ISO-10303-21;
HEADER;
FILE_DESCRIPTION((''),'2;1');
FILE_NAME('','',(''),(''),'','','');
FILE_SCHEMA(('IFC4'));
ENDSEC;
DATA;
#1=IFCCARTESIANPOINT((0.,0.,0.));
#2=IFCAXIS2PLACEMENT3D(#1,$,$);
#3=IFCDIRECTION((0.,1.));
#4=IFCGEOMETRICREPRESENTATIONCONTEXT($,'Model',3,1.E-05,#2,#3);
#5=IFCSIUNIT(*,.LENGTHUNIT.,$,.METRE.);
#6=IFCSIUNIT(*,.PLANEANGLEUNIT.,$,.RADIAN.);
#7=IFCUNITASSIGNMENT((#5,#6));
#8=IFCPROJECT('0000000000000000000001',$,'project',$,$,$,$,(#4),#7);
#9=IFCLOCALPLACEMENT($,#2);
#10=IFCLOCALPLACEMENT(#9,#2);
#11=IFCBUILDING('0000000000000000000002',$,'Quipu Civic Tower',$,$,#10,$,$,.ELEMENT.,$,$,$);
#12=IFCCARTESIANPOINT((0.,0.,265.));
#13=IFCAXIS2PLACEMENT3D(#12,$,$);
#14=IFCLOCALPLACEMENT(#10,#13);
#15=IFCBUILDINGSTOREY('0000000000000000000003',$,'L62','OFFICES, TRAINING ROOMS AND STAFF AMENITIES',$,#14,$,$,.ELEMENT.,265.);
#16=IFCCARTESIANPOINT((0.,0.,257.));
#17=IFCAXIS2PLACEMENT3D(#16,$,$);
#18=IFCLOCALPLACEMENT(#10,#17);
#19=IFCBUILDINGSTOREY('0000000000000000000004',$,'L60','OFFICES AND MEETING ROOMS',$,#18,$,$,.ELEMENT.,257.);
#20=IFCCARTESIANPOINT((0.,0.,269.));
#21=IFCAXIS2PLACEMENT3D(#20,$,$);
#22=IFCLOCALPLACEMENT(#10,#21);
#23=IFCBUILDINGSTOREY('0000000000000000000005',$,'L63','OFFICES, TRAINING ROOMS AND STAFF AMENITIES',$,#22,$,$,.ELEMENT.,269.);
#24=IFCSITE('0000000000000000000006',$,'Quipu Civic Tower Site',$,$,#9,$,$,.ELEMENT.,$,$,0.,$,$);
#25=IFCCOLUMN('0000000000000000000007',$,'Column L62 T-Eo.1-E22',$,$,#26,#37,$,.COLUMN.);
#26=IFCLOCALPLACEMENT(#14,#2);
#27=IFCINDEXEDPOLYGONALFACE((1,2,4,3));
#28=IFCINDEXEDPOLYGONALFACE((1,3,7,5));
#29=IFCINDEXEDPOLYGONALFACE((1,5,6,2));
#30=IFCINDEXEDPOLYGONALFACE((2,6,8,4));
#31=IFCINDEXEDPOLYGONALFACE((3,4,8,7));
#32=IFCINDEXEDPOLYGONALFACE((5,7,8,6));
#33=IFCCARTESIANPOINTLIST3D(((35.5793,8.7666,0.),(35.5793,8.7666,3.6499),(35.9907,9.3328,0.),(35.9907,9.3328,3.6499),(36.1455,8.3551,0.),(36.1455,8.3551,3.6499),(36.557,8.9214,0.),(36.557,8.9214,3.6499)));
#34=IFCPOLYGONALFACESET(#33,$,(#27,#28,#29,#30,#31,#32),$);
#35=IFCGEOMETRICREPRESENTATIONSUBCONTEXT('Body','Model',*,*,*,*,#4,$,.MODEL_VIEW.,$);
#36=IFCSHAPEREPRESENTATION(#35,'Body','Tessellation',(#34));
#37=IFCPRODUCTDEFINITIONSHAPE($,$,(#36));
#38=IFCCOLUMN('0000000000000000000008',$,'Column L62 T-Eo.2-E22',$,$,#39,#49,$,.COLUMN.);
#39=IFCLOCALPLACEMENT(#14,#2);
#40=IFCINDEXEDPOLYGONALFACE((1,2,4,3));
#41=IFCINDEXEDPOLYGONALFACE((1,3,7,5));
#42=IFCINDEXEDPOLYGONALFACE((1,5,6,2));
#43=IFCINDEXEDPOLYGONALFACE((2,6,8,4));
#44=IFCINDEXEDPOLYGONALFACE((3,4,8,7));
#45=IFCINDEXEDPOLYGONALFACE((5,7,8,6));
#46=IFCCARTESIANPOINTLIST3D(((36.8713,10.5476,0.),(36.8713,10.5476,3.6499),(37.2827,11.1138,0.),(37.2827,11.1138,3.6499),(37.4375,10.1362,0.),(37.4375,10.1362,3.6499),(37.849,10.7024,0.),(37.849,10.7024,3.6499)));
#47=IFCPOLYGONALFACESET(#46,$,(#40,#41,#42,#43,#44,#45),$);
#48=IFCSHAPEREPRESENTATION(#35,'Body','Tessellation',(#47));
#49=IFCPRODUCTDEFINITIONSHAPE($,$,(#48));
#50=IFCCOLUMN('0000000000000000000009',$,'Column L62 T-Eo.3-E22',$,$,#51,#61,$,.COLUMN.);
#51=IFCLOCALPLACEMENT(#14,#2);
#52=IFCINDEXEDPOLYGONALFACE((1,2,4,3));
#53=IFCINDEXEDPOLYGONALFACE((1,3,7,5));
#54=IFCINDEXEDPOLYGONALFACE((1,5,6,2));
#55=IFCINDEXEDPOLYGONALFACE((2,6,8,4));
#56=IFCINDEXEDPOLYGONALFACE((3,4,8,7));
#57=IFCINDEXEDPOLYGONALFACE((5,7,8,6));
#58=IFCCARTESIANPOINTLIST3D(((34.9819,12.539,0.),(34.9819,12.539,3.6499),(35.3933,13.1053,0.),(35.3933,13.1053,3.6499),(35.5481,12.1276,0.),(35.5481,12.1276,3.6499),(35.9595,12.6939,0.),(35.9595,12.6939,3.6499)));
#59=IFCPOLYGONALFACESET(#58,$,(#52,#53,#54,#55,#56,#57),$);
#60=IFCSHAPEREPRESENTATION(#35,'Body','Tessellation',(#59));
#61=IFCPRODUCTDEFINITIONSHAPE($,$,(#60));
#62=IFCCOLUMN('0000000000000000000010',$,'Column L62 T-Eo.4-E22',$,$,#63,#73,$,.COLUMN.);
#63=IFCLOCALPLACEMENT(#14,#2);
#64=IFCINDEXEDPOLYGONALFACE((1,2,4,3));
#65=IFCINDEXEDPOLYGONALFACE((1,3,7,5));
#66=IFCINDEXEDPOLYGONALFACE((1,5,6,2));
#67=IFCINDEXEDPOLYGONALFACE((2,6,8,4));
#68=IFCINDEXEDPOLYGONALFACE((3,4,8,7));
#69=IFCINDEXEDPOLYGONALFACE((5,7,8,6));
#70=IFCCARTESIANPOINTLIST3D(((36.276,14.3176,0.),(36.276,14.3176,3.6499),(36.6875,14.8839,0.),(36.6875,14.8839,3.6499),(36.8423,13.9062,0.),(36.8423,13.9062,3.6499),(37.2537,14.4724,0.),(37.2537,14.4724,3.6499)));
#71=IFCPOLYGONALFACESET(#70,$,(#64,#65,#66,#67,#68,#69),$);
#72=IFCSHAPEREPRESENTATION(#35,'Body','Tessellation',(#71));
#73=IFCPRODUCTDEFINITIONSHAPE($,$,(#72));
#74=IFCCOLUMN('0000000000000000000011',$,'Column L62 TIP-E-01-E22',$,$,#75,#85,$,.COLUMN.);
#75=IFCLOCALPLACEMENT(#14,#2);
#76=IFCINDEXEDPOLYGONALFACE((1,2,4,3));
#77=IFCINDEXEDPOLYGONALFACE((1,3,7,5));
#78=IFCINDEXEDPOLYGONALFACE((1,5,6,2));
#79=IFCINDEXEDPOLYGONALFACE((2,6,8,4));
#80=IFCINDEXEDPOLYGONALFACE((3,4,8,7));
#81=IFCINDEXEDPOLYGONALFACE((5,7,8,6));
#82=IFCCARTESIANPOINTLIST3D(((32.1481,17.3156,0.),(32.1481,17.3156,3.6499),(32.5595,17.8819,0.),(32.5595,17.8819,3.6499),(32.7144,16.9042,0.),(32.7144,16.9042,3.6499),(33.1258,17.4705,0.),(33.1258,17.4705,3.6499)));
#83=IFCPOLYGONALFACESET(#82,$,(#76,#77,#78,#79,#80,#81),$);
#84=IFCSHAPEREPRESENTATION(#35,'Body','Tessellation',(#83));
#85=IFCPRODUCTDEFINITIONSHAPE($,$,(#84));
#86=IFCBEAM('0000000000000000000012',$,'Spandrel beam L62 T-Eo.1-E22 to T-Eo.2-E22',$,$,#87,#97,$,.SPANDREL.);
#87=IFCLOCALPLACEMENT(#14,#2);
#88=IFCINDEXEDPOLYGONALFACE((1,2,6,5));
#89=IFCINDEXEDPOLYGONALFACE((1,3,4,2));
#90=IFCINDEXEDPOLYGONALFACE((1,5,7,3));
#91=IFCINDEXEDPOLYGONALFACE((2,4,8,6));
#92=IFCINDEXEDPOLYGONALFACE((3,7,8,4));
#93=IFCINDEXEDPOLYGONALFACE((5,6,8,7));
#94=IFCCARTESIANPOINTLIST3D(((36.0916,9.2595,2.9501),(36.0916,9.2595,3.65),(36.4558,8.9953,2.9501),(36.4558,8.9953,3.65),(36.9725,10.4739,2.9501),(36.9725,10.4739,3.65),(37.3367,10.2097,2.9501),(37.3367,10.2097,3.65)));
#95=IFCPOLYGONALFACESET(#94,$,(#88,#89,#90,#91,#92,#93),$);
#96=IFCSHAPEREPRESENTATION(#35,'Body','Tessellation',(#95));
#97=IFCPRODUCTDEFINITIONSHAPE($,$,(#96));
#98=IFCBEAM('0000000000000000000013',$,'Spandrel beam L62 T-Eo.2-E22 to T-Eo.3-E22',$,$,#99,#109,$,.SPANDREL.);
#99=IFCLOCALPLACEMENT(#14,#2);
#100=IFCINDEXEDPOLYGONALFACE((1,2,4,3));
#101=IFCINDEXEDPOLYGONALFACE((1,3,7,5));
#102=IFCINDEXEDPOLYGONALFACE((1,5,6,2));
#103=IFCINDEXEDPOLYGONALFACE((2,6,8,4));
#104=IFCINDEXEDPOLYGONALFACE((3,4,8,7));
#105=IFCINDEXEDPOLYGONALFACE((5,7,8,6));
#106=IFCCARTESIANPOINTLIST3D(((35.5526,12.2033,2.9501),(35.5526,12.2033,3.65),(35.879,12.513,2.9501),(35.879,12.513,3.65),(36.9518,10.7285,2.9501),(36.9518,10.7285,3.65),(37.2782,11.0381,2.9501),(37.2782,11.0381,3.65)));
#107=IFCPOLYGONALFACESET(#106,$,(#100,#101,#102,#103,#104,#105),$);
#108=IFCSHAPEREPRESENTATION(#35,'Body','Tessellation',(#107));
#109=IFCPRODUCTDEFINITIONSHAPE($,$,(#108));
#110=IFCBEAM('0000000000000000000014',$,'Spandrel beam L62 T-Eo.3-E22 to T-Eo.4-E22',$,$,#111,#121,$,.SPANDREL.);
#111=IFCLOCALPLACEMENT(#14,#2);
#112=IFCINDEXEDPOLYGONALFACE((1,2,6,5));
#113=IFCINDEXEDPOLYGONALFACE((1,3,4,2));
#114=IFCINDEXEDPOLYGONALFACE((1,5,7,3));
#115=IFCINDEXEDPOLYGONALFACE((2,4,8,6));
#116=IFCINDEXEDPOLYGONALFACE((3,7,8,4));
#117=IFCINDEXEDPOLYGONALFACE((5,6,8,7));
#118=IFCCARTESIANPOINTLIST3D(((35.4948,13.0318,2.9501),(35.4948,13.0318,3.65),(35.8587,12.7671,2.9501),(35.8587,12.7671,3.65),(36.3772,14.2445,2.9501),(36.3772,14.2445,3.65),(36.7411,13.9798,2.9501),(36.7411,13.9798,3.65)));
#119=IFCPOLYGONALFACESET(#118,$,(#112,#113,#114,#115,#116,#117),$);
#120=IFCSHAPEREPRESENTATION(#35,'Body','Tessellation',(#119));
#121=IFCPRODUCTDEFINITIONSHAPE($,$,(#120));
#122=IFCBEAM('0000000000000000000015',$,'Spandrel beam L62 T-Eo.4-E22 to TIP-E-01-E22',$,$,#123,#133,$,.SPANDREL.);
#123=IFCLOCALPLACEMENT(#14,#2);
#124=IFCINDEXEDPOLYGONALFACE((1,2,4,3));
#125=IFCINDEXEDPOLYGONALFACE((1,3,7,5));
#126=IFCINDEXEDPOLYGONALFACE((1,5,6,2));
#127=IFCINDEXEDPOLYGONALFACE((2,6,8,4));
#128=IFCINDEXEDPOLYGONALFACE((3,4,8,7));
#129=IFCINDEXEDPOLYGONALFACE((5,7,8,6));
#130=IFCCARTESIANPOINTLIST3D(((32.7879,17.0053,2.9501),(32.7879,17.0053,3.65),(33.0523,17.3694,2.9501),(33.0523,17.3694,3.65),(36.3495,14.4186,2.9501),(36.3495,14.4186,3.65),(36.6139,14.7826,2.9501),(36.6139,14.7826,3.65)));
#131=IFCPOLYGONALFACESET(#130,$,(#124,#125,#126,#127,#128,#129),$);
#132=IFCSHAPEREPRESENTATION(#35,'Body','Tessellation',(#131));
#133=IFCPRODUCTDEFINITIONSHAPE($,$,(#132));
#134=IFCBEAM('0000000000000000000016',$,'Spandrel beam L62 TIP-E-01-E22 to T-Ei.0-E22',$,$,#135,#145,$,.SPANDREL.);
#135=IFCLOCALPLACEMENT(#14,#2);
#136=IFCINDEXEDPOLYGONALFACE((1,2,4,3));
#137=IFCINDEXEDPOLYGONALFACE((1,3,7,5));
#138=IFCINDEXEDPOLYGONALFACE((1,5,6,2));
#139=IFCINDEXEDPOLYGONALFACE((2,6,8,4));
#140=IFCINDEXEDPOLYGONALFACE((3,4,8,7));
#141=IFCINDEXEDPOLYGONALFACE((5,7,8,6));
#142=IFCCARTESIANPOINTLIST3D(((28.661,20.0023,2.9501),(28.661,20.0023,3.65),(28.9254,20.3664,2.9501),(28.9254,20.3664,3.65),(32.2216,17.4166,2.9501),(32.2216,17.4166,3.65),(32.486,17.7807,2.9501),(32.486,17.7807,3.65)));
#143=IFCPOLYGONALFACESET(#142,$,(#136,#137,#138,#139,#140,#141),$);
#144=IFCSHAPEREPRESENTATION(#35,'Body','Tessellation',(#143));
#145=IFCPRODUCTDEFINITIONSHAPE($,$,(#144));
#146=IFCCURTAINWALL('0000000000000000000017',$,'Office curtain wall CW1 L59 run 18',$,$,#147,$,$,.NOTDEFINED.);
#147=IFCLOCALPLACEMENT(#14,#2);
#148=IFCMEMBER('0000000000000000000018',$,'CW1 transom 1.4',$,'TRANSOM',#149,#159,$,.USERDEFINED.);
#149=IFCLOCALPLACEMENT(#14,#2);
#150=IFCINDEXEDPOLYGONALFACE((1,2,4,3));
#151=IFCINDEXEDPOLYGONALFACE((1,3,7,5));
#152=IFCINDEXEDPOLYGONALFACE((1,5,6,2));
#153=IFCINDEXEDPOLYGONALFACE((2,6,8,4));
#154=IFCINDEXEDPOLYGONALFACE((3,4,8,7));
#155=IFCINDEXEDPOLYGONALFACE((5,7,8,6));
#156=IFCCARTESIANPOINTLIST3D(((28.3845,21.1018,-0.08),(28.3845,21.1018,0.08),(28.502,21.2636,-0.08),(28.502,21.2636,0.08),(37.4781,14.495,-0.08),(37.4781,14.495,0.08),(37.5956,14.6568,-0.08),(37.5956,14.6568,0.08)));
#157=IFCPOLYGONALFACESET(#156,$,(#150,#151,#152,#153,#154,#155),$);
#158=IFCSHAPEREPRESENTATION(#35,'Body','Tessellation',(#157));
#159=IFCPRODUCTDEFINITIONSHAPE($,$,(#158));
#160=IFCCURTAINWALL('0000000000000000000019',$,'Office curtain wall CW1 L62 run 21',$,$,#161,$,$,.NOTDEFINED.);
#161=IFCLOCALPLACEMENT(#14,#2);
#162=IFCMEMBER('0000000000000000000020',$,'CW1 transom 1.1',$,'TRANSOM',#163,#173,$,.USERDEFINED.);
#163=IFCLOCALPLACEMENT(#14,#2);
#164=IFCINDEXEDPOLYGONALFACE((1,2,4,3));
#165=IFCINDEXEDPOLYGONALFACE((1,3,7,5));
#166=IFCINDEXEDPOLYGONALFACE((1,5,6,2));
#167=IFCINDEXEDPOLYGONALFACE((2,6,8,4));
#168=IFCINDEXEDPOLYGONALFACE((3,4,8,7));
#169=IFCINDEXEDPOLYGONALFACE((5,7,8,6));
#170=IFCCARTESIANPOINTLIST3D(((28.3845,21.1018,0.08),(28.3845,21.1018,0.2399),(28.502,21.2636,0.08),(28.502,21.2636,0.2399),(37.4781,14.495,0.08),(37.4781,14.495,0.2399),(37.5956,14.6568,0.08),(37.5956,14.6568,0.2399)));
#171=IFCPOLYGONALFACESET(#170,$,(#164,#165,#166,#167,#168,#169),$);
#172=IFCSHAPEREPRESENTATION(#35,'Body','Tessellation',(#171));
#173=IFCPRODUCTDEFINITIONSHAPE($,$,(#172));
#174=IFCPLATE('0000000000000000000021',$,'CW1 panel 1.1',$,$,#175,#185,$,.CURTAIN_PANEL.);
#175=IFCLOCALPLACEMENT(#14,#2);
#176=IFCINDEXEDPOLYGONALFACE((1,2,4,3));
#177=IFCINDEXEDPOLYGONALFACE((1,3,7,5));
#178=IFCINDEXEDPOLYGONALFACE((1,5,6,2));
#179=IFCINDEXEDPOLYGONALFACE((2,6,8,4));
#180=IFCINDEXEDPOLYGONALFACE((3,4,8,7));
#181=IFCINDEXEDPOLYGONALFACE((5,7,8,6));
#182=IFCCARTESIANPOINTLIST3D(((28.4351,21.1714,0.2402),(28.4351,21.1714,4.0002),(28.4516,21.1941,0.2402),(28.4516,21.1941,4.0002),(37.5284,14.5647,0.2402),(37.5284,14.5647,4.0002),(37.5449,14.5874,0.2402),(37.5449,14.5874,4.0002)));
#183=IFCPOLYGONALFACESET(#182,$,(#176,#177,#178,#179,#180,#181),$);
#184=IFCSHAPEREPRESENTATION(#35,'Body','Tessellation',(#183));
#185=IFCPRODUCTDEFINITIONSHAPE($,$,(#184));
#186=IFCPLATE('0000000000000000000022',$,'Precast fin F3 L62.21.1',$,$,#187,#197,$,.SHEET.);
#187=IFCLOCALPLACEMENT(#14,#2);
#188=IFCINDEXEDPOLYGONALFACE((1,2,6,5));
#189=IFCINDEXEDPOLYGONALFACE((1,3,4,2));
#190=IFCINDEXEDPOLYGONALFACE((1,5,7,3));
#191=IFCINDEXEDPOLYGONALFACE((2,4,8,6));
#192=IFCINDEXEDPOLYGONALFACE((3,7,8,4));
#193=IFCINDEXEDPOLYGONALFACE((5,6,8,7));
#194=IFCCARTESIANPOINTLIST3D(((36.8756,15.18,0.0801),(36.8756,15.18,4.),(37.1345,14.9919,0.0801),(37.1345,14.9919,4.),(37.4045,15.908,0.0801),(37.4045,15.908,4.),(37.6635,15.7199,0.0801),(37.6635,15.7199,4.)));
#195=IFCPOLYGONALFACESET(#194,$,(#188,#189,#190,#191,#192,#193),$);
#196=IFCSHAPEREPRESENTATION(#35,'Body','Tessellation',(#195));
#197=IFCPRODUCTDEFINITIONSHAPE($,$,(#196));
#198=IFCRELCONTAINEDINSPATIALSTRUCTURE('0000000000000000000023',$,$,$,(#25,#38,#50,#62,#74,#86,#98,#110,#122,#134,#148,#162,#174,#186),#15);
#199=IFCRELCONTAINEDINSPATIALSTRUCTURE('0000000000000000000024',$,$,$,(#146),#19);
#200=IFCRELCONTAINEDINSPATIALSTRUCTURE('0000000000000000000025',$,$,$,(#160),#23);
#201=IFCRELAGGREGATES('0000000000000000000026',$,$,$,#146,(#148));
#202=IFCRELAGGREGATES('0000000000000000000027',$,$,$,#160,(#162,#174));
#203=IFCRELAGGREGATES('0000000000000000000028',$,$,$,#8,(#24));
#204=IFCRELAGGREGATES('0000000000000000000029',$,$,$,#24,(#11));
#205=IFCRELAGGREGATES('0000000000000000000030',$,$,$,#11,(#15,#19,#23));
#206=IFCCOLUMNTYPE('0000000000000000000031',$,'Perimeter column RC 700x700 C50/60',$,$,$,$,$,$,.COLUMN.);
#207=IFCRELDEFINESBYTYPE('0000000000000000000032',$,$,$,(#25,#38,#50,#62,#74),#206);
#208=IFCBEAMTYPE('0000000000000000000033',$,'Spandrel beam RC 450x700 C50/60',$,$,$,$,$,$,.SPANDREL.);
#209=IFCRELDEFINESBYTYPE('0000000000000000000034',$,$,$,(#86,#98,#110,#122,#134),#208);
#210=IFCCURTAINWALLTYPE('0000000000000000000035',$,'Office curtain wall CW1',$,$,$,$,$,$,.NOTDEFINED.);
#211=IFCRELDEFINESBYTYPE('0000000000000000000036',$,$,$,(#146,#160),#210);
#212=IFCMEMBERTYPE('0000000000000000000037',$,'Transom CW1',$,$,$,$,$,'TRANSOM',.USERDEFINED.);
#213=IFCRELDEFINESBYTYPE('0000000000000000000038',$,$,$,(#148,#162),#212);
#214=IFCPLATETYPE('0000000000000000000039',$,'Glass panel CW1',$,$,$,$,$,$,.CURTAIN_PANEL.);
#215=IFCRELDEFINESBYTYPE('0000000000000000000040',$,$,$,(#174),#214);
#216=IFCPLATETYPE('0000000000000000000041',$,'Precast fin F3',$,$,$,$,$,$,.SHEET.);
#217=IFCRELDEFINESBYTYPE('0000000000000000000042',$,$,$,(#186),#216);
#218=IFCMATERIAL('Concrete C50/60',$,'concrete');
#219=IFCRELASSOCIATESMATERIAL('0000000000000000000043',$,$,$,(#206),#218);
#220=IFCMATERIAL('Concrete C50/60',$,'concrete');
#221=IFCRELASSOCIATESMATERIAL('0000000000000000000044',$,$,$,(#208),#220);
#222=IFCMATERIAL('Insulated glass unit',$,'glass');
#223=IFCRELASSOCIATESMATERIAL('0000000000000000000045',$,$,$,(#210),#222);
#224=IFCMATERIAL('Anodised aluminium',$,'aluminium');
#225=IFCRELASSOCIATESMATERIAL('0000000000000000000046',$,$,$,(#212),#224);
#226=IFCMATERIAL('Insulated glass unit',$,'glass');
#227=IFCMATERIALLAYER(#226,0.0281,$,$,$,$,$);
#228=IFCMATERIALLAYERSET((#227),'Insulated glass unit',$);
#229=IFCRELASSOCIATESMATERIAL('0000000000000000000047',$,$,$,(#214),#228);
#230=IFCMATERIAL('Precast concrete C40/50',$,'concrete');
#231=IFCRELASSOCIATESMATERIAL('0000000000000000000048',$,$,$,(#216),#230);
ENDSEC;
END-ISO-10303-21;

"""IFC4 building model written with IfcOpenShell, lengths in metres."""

from ifc_helpers import new_model, si_unit, direction, frame, origin, origin_2d, place, context, subcontext, project, spatial, rectangle, extrude, material, layer, layer_set, material_profile, profile_set, type_object, element, aggregate, save


model = new_model("IFC4")

# Units and contexts
model_context = context("Model", 3, precision=1e-05, world=origin(), true_north=direction((0.0, 1.0)))
body_context = subcontext(model_context, "Body", "Model", "MODEL_VIEW")
ifc_project = project(units=[si_unit("LENGTHUNIT", "METRE"), si_unit("PLANEANGLEUNIT", "RADIAN")], contexts=[model_context])

# Site, building, storey
site_placement = place(None, origin())
site = spatial("IfcSite", under=ifc_project, at=site_placement, Name="Quipu Civic Tower Site", CompositionType="ELEMENT", RefElevation=0.0)
building_placement = place(site_placement, origin())
building = spatial("IfcBuilding", under=site, at=building_placement, Name="Quipu Civic Tower", CompositionType="ELEMENT")
storey_1_placement = place(building_placement, frame((0.0, 0.0, 265.0)))
storey_1 = spatial("IfcBuildingStorey", under=building, at=storey_1_placement, Name="L62", Description="OFFICES, TRAINING ROOMS AND STAFF AMENITIES", CompositionType="ELEMENT", Elevation=265.0)

# Columns
ifc_material_1 = material(Name="Concrete C50/60", Category="concrete")
ifc_material_profile_1 = material_profile(ifc_material_1, rectangle(XDim=0.7, YDim=0.7, at=origin_2d()), Name="RC700x700")
ifc_profile_set_1 = profile_set([ifc_material_profile_1], Name="Concrete C50/60")
column_type = type_object("IfcColumnType", Name="Perimeter column RC 700x700 C50/60", PredefinedType="COLUMN", material=ifc_profile_set_1)
for number, where, z_axis, x_axis, name in (
    (1, (36.0681, 8.844, 0.0), (0.0, 0.0, 1.0), (0.587785, 0.809017, 0.0), "Column L62 T-Eo.1-E22"),
    (2, (37.3601, 10.625, 0.0), (0.0, 0.0, 1.0), (0.587785, 0.809017, 0.0), "Column L62 T-Eo.2-E22"),
    (3, (35.4707, 12.6165, 0.0), (0.0, 0.0, 1.0), (-0.809017, 0.587785, 0.0), "Column L62 T-Eo.3-E22"),
    (4, (36.7649, 14.395, 0.0), (0.0, 0.0, 1.0), (-0.809017, 0.587785, 0.0), "Column L62 T-Eo.4-E22"),
    (5, (32.637, 17.3931, 0.0), (0.0, 0.0, 1.0), (-0.809017, 0.587785, 0.0), "Column L62 TIP-E-01-E22"),
):
    element("IfcColumn", number, at=place(storey_1_placement, frame(where, z_axis=z_axis, x_axis=x_axis)), inside=storey_1, type_object=column_type, Name=name, PredefinedType="COLUMN", context=body_context, shape_type="SweptSolid", body=[
        extrude(rectangle(XDim=0.7, YDim=0.7, at=origin_2d()), origin(), (0.0, 0.0, 1.0), 3.6499),
    ])

# Beams
ifc_material_2 = material(Name="Concrete C50/60", Category="concrete")
ifc_material_profile_2 = material_profile(ifc_material_2, rectangle(XDim=0.45, YDim=0.7, at=origin_2d()), Name="RC450x700")
ifc_profile_set_2 = profile_set([ifc_material_profile_2], Name="Concrete C50/60")
beam_type = type_object("IfcBeamType", Name="Spandrel beam RC 450x700 C50/60", PredefinedType="SPANDREL", material=ifc_profile_set_2)
beam_1_placement = place(storey_1_placement, frame((36.2737, 9.1274, 3.3), z_axis=(0.587165, 0.809467, 0.0), x_axis=(-0.809467, 0.587165, 0.0)))
element("IfcBeam", 6, at=beam_1_placement, inside=storey_1, type_object=beam_type, Name="Spandrel beam L62 T-Eo.1-E22 to T-Eo.2-E22", PredefinedType="SPANDREL", context=body_context, shape_type="SweptSolid", body=[
    extrude(rectangle(XDim=0.45, YDim=0.7, at=origin_2d()), origin(), (0.0, 0.0, 1.0), 1.5002),
])
beam_2_placement = place(storey_1_placement, frame((37.115, 10.8833, 3.3), z_axis=(-0.688247, 0.725476, 0.0), x_axis=(-0.725476, -0.688247, 0.0)))
element("IfcBeam", 7, at=beam_2_placement, inside=storey_1, type_object=beam_type, Name="Spandrel beam L62 T-Eo.2-E22 to T-Eo.3-E22", PredefinedType="SPANDREL", context=body_context, shape_type="SweptSolid", body=[
    extrude(rectangle(XDim=0.45, YDim=0.7, at=origin_2d()), origin(), (0.0, 0.0, 1.0), 2.033),
])
beam_3_placement = place(storey_1_placement, frame((35.6768, 12.8994, 3.3), z_axis=(0.588346, 0.808609, 0.0), x_axis=(-0.808609, 0.588346, 0.0)))
element("IfcBeam", 8, at=beam_3_placement, inside=storey_1, type_object=beam_type, Name="Spandrel beam L62 T-Eo.3-E22 to T-Eo.4-E22", PredefinedType="SPANDREL", context=body_context, shape_type="SweptSolid", body=[
    extrude(rectangle(XDim=0.45, YDim=0.7, at=origin_2d()), origin(), (0.0, 0.0, 1.0), 1.4998),
])
beam_4_placement = place(storey_1_placement, frame((36.4817, 14.6006, 3.3), z_axis=(-0.809117, 0.587647, 0.0), x_axis=(-0.587647, -0.809117, 0.0)))
element("IfcBeam", 9, at=beam_4_placement, inside=storey_1, type_object=beam_type, Name="Spandrel beam L62 T-Eo.4-E22 to TIP-E-01-E22", PredefinedType="SPANDREL", context=body_context, shape_type="SweptSolid", body=[
    extrude(rectangle(XDim=0.45, YDim=0.7, at=origin_2d()), origin(), (0.0, 0.0, 1.0), 4.4019),
])
beam_5_placement = place(storey_1_placement, frame((32.3538, 17.5986, 3.3), z_axis=(-0.809146, 0.587607, 0.0), x_axis=(-0.587607, -0.809146, 0.0)))
element("IfcBeam", 10, at=beam_5_placement, inside=storey_1, type_object=beam_type, Name="Spandrel beam L62 TIP-E-01-E22 to T-Ei.0-E22", PredefinedType="SPANDREL", context=body_context, shape_type="SweptSolid", body=[
    extrude(rectangle(XDim=0.45, YDim=0.7, at=origin_2d()), origin(), (0.0, 0.0, 1.0), 4.4004),
])

# Shared definitions
storey_2_placement = place(building_placement, frame((0.0, 0.0, 257.0)))
storey_2 = spatial("IfcBuildingStorey", under=building, at=storey_2_placement, Name="L60", Description="OFFICES AND MEETING ROOMS", CompositionType="ELEMENT", Elevation=257.0)

# Curtain wall, member
ifc_material_3 = material(Name="Insulated glass unit", Category="glass")
curtain_wall_type = type_object("IfcCurtainWallType", Name="Office curtain wall CW1", PredefinedType="NOTDEFINED", material=ifc_material_3)
curtain_wall_1_placement = place(storey_2_placement, origin())
curtain_wall_1 = element("IfcCurtainWall", 11, at=curtain_wall_1_placement, inside=storey_2, type_object=curtain_wall_type, Name="Office curtain wall CW1 L59 run 18", PredefinedType="NOTDEFINED")
ifc_material_4 = material(Name="Anodised aluminium", Category="aluminium")
ifc_material_profile_3 = material_profile(ifc_material_4, rectangle(XDim=0.2, YDim=0.1599, at=origin_2d()), Name="RECT 200x160")
ifc_profile_set_3 = profile_set([ifc_material_profile_3], Name="Anodised aluminium")
member_type = type_object("IfcMemberType", Name="Transom CW1", ElementType="TRANSOM", PredefinedType="USERDEFINED", material=ifc_profile_set_3)
member_1_placement = place(storey_1_placement, frame((37.5369, 14.5759, 0.0), z_axis=(-0.809022, 0.587778, 0.0), x_axis=(-0.587778, -0.809022, 0.0)))
member_1 = element("IfcMember", 12, at=member_1_placement, inside=storey_1, type_object=member_type, Name="CW1 transom 1.4", ObjectType="TRANSOM", PredefinedType="USERDEFINED", context=body_context, shape_type="SweptSolid", body=[
    extrude(rectangle(XDim=0.2, YDim=0.1599, at=origin_2d()), origin(), (0.0, 0.0, 1.0), 11.2402),
])
aggregate(curtain_wall_1, [member_1])

# Shared definitions
storey_3_placement = place(building_placement, frame((0.0, 0.0, 269.0)))
storey_3 = spatial("IfcBuildingStorey", under=building, at=storey_3_placement, Name="L63", Description="OFFICES, TRAINING ROOMS AND STAFF AMENITIES", CompositionType="ELEMENT", Elevation=269.0)

# Curtain wall, member, plate
curtain_wall_2_placement = place(storey_3_placement, origin())
curtain_wall_2 = element("IfcCurtainWall", 13, at=curtain_wall_2_placement, inside=storey_3, type_object=curtain_wall_type, Name="Office curtain wall CW1 L62 run 21", PredefinedType="NOTDEFINED")
member_2_placement = place(storey_1_placement, frame((37.5369, 14.5759, 0.1599), z_axis=(-0.809022, 0.587778, 0.0), x_axis=(-0.587778, -0.809022, 0.0)))
member_2 = element("IfcMember", 14, at=member_2_placement, inside=storey_1, type_object=member_type, Name="CW1 transom 1.1", ObjectType="TRANSOM", PredefinedType="USERDEFINED", context=body_context, shape_type="SweptSolid", body=[
    extrude(rectangle(XDim=0.2, YDim=0.1599, at=origin_2d()), origin(), (0.0, 0.0, 1.0), 11.2402),
])
ifc_material_5 = material(Name="Insulated glass unit", Category="glass")
ifc_layer_1 = layer(ifc_material_5, 0.0281)
ifc_layer_set_1 = layer_set([ifc_layer_1], Name="Insulated glass unit")
plate_type_1 = type_object("IfcPlateType", Name="Glass panel CW1", PredefinedType="CURTAIN_PANEL", material=ifc_layer_set_1)
plate_placement = place(storey_1_placement, frame((32.99, 17.8794, 0.2402), z_axis=(0.0, 0.0, 1.0), x_axis=(-0.809015, 0.587788, 0.0)))
plate = element("IfcPlate", 15, at=plate_placement, inside=storey_1, type_object=plate_type_1, Name="CW1 panel 1.1", PredefinedType="CURTAIN_PANEL", context=body_context, shape_type="SweptSolid", body=[
    extrude(rectangle(XDim=11.24, YDim=0.0281, at=origin_2d()), origin(), (0.0, 0.0, 1.0), 3.76),
])
aggregate(curtain_wall_2, [member_2, plate])

# Plate
ifc_material_6 = material(Name="Precast concrete C40/50", Category="concrete")
plate_type_2 = type_object("IfcPlateType", Name="Precast fin F3", PredefinedType="SHEET", material=ifc_material_6)
for number, where, z_axis, x_axis, name in (
    (16, (37.2695, 15.45, 0.0801), (0.0, 0.0, 1.0), (-0.809017, 0.587785, 0.0), "Precast fin F3 L62.21.1"),
):
    element("IfcPlate", number, at=place(storey_1_placement, frame(where, z_axis=z_axis, x_axis=x_axis)), inside=storey_1, type_object=plate_type_2, Name=name, PredefinedType="SHEET", context=body_context, shape_type="SweptSolid", body=[
        extrude(rectangle(XDim=0.3201, YDim=0.8999, at=origin_2d()), origin(), (0.0, 0.0, 1.0), 3.9199),
    ])

save(model, "model.ifc")
